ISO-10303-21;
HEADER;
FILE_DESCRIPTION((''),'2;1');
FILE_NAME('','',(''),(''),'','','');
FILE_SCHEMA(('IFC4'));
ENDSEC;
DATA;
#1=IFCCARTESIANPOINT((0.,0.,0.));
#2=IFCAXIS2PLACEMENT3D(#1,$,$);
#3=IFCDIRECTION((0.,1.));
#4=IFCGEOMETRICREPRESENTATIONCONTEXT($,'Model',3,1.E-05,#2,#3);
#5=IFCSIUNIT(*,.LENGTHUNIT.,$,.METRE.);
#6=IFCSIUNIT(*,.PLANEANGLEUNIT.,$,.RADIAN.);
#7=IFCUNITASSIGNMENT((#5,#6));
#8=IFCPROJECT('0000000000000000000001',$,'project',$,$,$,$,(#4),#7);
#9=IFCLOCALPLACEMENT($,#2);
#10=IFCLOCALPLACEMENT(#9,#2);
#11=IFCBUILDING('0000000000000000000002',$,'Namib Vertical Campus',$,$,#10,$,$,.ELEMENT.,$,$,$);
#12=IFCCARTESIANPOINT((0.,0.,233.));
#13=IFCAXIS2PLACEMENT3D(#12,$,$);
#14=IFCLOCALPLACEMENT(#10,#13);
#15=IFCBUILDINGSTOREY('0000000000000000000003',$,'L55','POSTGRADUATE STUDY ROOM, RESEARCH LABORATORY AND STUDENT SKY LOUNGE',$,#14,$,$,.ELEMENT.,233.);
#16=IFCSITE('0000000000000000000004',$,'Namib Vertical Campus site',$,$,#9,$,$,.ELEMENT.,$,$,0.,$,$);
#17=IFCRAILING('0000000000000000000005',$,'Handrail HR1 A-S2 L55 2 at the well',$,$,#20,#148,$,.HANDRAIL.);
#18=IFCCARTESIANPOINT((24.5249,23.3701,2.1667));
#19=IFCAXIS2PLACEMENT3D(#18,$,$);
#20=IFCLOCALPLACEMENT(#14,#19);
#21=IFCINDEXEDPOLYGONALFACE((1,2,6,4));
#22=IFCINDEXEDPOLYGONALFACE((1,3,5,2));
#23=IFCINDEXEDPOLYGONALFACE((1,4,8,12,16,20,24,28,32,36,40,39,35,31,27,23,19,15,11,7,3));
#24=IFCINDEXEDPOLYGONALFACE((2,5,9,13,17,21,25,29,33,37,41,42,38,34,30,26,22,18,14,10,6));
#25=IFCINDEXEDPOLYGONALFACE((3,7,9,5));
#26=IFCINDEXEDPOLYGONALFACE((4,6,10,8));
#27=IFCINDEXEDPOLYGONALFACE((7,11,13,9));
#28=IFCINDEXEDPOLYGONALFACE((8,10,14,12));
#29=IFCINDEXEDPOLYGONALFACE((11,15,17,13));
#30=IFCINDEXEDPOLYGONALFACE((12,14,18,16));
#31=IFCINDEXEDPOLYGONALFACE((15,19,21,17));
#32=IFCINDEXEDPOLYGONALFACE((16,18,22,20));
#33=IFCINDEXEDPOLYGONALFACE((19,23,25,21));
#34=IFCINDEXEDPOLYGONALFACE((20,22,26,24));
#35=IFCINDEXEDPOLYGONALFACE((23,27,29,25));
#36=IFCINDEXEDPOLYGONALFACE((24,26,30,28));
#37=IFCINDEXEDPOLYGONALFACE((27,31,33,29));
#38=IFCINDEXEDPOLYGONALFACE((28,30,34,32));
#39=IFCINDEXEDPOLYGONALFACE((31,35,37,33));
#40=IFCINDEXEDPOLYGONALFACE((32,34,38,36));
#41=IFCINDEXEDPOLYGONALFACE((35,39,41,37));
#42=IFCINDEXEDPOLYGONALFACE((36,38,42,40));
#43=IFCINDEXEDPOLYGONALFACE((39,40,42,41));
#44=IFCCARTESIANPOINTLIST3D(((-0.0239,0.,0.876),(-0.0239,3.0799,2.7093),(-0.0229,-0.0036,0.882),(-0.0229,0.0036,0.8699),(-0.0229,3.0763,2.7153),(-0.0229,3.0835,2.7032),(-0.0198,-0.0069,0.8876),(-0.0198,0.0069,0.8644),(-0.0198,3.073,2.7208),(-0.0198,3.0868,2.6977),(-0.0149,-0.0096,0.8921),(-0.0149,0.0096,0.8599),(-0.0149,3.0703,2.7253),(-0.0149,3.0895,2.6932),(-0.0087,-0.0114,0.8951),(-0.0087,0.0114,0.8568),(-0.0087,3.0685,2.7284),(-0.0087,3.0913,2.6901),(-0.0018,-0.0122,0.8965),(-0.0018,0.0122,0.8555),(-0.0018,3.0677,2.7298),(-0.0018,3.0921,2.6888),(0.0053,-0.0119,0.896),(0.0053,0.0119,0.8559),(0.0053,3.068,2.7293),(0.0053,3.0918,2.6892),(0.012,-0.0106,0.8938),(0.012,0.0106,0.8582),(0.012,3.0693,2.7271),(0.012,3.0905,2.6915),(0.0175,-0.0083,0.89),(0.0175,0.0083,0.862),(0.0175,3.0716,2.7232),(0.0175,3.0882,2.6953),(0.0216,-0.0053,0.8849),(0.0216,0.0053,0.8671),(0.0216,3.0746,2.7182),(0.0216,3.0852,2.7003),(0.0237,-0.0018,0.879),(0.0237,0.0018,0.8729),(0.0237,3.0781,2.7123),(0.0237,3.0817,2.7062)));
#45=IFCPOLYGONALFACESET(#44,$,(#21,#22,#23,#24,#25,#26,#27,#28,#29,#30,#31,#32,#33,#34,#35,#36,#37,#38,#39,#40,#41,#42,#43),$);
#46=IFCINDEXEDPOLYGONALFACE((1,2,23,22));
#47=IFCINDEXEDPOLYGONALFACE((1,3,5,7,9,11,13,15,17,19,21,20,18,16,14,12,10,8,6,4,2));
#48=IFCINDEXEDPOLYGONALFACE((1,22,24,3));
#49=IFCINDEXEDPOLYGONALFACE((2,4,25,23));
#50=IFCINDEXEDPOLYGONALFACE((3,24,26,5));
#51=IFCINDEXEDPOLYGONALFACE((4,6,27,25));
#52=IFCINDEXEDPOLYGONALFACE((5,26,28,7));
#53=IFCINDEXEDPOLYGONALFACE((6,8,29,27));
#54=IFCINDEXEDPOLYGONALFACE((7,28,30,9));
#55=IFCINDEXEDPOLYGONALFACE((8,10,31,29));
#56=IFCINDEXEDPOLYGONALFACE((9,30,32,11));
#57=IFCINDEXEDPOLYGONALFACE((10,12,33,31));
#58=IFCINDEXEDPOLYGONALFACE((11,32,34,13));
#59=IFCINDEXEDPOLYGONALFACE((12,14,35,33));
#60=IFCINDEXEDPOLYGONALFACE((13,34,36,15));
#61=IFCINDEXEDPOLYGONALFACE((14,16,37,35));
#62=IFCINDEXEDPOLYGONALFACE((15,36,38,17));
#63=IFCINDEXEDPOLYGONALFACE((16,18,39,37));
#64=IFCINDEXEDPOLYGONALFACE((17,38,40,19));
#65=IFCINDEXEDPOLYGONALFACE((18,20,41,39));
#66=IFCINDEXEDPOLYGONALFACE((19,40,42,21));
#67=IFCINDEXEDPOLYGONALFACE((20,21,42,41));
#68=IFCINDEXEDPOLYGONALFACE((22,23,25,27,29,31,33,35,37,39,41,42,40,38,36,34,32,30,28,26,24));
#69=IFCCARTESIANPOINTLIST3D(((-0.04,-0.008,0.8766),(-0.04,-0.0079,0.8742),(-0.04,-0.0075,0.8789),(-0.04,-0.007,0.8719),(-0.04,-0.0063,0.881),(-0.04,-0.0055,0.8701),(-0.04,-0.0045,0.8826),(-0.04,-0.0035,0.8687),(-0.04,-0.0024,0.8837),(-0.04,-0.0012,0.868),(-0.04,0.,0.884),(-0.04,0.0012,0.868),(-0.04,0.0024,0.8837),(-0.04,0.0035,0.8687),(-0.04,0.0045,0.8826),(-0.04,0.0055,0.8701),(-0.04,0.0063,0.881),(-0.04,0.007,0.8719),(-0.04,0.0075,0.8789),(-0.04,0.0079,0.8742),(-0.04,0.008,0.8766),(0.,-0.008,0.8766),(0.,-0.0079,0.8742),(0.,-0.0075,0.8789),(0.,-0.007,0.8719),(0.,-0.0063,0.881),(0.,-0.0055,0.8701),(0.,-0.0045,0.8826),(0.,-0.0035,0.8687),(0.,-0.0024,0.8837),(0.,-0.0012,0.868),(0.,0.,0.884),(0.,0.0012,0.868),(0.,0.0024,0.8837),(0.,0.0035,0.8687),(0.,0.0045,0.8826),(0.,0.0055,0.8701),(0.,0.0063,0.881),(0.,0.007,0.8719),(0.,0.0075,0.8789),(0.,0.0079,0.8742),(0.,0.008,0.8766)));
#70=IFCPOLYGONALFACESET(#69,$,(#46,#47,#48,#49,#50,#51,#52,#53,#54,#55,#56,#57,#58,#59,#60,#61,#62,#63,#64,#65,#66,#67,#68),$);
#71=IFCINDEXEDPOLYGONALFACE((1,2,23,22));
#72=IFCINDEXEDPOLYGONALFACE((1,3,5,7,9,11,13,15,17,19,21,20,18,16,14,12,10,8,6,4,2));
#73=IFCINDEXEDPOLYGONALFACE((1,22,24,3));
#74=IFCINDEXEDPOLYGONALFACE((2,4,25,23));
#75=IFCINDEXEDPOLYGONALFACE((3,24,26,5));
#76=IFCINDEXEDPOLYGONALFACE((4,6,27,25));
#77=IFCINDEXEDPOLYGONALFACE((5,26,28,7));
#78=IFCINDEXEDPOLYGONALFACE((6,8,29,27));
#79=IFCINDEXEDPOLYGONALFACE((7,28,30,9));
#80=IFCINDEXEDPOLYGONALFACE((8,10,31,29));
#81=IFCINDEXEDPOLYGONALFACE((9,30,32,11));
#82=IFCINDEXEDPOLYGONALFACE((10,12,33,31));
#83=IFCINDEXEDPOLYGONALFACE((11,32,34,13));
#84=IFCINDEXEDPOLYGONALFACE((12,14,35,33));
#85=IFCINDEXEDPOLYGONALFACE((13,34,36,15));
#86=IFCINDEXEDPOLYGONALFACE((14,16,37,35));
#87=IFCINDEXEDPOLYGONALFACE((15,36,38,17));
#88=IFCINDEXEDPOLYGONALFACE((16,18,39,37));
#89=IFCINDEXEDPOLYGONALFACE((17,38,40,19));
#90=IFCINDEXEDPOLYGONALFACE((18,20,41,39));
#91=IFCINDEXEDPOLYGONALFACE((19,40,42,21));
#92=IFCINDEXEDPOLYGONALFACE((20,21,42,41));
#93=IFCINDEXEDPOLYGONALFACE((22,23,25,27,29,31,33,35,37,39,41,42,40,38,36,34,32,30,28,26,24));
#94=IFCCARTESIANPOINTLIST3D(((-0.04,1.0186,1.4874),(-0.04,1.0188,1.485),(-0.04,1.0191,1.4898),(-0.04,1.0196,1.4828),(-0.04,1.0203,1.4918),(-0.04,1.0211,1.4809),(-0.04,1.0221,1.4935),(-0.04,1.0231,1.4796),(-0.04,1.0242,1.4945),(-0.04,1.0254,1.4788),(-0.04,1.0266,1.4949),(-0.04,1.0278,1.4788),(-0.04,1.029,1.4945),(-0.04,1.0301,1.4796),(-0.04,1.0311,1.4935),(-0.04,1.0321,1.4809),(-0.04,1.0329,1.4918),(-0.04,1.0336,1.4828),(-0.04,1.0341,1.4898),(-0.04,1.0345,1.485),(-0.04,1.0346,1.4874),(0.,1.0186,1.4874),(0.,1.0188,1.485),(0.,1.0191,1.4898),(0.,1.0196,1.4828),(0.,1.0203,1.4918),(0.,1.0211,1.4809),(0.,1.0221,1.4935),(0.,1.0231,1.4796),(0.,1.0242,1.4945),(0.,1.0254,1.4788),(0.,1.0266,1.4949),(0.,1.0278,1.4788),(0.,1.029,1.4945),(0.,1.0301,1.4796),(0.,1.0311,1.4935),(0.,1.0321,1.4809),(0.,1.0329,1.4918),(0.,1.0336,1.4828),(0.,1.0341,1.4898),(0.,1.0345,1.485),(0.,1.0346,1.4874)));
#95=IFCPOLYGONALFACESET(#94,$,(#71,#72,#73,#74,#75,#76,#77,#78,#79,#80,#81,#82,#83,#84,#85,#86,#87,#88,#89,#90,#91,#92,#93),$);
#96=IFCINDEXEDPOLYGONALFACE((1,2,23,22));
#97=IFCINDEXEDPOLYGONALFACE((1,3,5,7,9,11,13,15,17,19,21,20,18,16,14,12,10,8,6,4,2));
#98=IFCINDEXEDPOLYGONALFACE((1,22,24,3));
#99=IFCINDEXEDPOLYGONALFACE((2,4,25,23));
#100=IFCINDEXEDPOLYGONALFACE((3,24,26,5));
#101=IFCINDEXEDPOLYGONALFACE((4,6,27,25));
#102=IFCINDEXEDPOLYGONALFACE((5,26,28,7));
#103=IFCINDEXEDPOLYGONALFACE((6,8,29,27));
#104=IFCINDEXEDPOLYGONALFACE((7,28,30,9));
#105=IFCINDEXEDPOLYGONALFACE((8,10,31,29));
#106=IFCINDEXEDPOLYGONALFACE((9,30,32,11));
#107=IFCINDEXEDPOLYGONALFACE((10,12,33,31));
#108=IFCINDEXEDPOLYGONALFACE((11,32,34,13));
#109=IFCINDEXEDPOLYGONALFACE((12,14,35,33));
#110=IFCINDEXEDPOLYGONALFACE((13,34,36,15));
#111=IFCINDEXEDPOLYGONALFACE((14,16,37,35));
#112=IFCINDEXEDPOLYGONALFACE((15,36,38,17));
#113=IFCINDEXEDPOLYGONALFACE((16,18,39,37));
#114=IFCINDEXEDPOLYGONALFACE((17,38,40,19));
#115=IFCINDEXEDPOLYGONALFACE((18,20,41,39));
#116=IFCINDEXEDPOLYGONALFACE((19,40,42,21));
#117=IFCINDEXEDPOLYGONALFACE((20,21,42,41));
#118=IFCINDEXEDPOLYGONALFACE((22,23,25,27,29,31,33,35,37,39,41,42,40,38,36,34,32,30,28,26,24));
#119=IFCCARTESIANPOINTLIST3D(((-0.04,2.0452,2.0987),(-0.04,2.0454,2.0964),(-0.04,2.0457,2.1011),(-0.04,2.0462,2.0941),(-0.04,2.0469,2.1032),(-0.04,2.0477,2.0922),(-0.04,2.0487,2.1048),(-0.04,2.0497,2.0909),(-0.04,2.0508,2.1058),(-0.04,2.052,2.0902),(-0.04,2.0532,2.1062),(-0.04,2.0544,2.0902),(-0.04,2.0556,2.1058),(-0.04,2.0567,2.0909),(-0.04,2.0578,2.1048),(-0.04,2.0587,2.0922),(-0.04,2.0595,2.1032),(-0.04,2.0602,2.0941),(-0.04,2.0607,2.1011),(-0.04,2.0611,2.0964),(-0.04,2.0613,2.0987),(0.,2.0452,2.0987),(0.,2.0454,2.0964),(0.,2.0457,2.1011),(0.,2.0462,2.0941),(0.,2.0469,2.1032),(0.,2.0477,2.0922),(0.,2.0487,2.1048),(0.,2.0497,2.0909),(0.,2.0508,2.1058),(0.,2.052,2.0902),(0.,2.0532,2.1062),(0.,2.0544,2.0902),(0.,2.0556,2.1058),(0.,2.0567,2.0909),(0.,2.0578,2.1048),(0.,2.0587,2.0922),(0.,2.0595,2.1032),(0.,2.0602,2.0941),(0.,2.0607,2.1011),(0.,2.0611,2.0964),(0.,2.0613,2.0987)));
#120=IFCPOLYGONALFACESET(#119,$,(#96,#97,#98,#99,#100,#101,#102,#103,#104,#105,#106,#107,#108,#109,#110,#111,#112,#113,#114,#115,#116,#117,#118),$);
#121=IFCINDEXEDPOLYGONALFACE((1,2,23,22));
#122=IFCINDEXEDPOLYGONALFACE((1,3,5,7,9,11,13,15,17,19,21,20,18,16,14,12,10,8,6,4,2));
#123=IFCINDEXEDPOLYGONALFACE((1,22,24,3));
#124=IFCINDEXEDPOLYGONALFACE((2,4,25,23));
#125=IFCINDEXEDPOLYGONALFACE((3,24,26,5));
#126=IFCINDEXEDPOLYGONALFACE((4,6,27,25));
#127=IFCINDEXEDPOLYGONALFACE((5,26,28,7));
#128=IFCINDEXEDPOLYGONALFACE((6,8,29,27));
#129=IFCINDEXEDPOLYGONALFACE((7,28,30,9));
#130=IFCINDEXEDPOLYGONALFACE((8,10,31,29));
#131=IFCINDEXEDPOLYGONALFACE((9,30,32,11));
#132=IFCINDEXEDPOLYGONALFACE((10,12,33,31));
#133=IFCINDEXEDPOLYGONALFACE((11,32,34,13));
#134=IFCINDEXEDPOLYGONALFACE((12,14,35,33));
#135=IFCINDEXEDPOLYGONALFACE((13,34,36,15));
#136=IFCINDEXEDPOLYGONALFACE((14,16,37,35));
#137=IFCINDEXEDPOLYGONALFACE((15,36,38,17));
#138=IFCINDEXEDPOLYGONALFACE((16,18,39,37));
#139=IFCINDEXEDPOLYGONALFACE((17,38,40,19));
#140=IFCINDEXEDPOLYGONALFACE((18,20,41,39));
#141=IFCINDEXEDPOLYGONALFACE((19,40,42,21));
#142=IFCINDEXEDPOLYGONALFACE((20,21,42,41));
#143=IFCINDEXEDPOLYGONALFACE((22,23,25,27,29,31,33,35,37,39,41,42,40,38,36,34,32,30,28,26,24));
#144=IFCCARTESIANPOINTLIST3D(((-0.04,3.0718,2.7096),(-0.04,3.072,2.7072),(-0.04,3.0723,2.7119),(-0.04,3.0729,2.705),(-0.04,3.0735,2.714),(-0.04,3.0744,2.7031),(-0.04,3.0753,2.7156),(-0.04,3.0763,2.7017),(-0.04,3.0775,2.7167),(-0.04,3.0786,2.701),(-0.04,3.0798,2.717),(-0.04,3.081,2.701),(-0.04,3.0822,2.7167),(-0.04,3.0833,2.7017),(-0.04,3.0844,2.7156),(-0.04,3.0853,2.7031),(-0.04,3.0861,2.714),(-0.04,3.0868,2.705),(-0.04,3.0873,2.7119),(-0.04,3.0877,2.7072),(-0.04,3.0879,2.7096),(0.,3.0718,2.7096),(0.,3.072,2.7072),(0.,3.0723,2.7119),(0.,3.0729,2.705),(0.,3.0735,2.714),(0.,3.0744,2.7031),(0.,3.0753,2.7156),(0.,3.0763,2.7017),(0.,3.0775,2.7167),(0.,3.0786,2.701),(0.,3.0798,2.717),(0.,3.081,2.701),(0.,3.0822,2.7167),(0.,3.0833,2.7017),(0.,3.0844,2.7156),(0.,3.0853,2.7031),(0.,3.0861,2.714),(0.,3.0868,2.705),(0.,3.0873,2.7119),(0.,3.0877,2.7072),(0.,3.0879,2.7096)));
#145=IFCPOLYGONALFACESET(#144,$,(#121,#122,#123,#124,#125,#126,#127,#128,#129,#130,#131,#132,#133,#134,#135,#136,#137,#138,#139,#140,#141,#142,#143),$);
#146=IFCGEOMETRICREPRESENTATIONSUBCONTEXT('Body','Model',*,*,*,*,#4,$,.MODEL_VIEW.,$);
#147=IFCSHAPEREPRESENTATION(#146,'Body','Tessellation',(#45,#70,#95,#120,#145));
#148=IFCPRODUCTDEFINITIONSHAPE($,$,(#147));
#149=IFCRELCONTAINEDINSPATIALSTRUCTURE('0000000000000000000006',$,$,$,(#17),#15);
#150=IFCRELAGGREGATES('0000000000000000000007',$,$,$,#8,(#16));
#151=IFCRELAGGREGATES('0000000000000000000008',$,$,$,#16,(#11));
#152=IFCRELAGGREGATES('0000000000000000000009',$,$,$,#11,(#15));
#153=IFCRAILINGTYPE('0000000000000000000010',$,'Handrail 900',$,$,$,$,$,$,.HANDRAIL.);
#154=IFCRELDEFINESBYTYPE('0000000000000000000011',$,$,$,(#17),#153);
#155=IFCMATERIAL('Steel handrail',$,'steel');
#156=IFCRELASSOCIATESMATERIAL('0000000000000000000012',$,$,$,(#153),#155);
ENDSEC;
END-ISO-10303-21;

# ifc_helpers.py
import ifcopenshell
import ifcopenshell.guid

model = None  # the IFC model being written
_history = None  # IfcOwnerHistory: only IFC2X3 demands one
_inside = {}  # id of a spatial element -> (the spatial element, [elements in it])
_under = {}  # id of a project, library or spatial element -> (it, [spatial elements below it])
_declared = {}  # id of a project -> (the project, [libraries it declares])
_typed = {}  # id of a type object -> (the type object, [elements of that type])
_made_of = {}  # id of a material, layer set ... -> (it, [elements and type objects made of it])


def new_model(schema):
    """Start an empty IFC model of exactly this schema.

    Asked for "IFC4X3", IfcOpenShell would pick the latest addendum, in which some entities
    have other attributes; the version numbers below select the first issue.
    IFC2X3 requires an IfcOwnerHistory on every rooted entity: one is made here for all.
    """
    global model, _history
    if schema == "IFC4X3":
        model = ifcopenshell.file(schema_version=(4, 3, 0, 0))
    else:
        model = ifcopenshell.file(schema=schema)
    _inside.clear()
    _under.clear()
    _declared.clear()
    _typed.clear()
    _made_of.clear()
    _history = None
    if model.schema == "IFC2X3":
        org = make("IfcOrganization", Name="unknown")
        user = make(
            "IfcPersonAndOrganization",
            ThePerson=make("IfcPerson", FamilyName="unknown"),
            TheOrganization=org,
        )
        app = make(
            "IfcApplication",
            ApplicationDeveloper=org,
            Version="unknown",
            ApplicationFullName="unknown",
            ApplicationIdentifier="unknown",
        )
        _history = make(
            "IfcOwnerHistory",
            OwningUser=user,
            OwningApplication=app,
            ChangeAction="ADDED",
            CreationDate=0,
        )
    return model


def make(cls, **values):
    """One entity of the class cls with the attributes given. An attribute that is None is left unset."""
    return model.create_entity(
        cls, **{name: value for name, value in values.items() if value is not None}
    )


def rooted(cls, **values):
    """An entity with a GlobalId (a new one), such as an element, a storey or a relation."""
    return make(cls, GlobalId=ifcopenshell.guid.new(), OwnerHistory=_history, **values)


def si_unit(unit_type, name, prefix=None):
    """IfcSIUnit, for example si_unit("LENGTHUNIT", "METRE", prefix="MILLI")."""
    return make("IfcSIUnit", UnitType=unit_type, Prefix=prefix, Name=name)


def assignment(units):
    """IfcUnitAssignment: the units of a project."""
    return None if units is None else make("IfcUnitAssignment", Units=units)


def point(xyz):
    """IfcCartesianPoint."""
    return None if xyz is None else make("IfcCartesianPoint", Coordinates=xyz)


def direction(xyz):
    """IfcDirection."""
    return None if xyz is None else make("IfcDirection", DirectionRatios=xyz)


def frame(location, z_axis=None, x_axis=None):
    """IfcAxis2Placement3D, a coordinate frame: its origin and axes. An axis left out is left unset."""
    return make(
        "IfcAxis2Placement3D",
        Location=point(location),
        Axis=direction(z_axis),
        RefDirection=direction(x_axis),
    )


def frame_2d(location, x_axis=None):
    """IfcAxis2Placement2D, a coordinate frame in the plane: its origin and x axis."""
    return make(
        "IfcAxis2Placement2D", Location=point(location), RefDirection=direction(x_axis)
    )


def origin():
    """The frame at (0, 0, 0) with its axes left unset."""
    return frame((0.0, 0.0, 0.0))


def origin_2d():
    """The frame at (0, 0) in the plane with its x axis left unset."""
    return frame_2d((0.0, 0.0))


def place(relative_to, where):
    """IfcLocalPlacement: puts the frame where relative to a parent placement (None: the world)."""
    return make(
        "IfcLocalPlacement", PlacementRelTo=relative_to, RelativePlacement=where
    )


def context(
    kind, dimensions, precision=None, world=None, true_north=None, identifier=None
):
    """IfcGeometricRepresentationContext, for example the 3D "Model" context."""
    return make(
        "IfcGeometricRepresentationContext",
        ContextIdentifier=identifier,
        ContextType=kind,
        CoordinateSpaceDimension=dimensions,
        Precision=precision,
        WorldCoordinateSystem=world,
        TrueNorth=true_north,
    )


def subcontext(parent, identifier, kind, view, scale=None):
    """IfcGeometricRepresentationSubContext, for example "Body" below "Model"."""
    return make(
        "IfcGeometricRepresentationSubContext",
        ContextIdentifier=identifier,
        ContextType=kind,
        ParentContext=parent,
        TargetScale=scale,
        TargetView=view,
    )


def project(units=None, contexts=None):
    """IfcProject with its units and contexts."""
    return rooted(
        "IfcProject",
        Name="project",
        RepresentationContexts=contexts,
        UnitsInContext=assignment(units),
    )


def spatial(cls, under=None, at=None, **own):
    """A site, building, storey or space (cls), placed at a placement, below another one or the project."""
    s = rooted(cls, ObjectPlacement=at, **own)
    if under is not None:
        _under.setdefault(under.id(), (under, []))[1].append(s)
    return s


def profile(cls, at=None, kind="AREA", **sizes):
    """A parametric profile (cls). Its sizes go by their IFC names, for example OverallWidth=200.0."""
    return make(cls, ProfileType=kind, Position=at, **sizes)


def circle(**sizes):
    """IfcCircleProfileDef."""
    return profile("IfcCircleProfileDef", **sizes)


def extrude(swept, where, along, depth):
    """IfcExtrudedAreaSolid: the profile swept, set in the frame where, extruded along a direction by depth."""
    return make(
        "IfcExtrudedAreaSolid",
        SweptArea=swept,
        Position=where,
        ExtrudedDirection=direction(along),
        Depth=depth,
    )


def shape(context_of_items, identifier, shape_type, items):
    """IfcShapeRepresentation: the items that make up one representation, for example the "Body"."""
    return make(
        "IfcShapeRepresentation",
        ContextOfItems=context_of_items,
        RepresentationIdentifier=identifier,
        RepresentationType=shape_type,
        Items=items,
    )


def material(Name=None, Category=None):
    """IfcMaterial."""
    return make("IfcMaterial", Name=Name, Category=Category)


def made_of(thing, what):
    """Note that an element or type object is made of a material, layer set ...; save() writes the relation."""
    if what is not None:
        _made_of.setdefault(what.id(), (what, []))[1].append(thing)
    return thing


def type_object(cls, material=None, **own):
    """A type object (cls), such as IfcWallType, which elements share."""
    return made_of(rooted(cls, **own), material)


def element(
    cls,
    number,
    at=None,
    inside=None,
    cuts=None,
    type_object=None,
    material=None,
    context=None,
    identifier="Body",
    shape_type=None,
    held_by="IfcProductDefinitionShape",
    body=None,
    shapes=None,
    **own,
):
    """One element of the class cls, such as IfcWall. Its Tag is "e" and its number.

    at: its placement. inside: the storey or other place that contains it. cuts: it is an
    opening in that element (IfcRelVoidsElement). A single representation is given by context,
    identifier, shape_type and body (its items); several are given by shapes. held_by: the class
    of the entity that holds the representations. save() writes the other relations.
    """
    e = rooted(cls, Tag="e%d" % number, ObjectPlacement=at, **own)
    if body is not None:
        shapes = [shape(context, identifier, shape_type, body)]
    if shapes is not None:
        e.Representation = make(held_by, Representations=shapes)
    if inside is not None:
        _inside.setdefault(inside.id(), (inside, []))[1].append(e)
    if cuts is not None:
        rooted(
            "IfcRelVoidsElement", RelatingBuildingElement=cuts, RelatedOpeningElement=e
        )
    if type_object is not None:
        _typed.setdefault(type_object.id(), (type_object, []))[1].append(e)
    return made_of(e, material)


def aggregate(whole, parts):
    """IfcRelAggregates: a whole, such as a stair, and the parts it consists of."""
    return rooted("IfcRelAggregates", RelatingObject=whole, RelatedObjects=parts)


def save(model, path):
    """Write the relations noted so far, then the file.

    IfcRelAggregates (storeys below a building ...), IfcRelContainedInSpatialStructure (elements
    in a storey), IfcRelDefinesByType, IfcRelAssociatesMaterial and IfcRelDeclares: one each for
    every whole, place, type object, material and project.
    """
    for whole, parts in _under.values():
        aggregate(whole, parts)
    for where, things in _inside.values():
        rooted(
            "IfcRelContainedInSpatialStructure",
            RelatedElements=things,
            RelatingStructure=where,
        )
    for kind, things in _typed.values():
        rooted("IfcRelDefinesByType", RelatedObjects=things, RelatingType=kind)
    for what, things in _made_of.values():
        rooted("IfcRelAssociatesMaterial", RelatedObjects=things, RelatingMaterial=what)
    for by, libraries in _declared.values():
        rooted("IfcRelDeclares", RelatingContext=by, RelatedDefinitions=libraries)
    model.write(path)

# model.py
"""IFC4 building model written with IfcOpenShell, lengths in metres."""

from ifc_helpers import new_model, si_unit, direction, frame, origin, origin_2d, place, context, subcontext, project, spatial, circle, extrude, material, type_object, element, save


model = new_model("IFC4")

# Units and contexts
model_context = context("Model", 3, precision=1e-05, world=origin(), true_north=direction((0.0, 1.0)))
body_context = subcontext(model_context, "Body", "Model", "MODEL_VIEW")
ifc_project = project(units=[si_unit("LENGTHUNIT", "METRE"), si_unit("PLANEANGLEUNIT", "RADIAN")], contexts=[model_context])

# Site, building, storey
site_placement = place(None, origin())
site = spatial("IfcSite", under=ifc_project, at=site_placement, Name="Namib Vertical Campus site", CompositionType="ELEMENT", RefElevation=0.0)
building_placement = place(site_placement, origin())
building = spatial("IfcBuilding", under=site, at=building_placement, Name="Namib Vertical Campus", CompositionType="ELEMENT")
storey_placement = place(building_placement, frame((0.0, 0.0, 233.0)))
storey = spatial("IfcBuildingStorey", under=building, at=storey_placement, Name="L55", Description="POSTGRADUATE STUDY ROOM, RESEARCH LABORATORY AND STUDENT SKY LOUNGE", CompositionType="ELEMENT", Elevation=233.0)

# Railing
ifc_material_1 = material(Name="Steel handrail", Category="steel")
railing_type = type_object("IfcRailingType", Name="Handrail 900", PredefinedType="HANDRAIL", material=ifc_material_1)
railing_placement = place(storey_placement, frame((24.5249, 23.3701, 2.1667)))
element("IfcRailing", 1, at=railing_placement, inside=storey, type_object=railing_type, Name="Handrail HR1 A-S2 L55 2 at the well", PredefinedType="HANDRAIL", context=body_context, shape_type="SweptSolid", body=[
    extrude(circle(Radius=0.0239, at=origin_2d()), frame((0.0, 0.0, 0.876), z_axis=(0.0, 0.859291, 0.511487), x_axis=(-1.0, 0.0, 0.0)), (0.0, 0.0, 1.0), 3.5842),
    extrude(circle(Radius=0.0081, at=origin_2d()), frame((0.0, 0.0, 0.876), z_axis=(-1.0, 0.0, 0.0), x_axis=(0.0, 0.0, 1.0)), (0.0, 0.0, 1.0), 0.04),
    extrude(circle(Radius=0.0081, at=origin_2d()), frame((0.0, 1.0266, 1.4868), z_axis=(-1.0, 0.0, 0.0), x_axis=(0.0, 0.0, 1.0)), (0.0, 0.0, 1.0), 0.04),
    extrude(circle(Radius=0.0081, at=origin_2d()), frame((0.0, 2.0532, 2.0981), z_axis=(-1.0, 0.0, 0.0), x_axis=(0.0, 0.0, 1.0)), (0.0, 0.0, 1.0), 0.04),
    extrude(circle(Radius=0.0081, at=origin_2d()), frame((0.0, 3.0798, 2.709), z_axis=(-1.0, 0.0, 0.0), x_axis=(0.0, 0.0, 1.0)), (0.0, 0.0, 1.0), 0.04),
])

save(model, "model.ifc")
